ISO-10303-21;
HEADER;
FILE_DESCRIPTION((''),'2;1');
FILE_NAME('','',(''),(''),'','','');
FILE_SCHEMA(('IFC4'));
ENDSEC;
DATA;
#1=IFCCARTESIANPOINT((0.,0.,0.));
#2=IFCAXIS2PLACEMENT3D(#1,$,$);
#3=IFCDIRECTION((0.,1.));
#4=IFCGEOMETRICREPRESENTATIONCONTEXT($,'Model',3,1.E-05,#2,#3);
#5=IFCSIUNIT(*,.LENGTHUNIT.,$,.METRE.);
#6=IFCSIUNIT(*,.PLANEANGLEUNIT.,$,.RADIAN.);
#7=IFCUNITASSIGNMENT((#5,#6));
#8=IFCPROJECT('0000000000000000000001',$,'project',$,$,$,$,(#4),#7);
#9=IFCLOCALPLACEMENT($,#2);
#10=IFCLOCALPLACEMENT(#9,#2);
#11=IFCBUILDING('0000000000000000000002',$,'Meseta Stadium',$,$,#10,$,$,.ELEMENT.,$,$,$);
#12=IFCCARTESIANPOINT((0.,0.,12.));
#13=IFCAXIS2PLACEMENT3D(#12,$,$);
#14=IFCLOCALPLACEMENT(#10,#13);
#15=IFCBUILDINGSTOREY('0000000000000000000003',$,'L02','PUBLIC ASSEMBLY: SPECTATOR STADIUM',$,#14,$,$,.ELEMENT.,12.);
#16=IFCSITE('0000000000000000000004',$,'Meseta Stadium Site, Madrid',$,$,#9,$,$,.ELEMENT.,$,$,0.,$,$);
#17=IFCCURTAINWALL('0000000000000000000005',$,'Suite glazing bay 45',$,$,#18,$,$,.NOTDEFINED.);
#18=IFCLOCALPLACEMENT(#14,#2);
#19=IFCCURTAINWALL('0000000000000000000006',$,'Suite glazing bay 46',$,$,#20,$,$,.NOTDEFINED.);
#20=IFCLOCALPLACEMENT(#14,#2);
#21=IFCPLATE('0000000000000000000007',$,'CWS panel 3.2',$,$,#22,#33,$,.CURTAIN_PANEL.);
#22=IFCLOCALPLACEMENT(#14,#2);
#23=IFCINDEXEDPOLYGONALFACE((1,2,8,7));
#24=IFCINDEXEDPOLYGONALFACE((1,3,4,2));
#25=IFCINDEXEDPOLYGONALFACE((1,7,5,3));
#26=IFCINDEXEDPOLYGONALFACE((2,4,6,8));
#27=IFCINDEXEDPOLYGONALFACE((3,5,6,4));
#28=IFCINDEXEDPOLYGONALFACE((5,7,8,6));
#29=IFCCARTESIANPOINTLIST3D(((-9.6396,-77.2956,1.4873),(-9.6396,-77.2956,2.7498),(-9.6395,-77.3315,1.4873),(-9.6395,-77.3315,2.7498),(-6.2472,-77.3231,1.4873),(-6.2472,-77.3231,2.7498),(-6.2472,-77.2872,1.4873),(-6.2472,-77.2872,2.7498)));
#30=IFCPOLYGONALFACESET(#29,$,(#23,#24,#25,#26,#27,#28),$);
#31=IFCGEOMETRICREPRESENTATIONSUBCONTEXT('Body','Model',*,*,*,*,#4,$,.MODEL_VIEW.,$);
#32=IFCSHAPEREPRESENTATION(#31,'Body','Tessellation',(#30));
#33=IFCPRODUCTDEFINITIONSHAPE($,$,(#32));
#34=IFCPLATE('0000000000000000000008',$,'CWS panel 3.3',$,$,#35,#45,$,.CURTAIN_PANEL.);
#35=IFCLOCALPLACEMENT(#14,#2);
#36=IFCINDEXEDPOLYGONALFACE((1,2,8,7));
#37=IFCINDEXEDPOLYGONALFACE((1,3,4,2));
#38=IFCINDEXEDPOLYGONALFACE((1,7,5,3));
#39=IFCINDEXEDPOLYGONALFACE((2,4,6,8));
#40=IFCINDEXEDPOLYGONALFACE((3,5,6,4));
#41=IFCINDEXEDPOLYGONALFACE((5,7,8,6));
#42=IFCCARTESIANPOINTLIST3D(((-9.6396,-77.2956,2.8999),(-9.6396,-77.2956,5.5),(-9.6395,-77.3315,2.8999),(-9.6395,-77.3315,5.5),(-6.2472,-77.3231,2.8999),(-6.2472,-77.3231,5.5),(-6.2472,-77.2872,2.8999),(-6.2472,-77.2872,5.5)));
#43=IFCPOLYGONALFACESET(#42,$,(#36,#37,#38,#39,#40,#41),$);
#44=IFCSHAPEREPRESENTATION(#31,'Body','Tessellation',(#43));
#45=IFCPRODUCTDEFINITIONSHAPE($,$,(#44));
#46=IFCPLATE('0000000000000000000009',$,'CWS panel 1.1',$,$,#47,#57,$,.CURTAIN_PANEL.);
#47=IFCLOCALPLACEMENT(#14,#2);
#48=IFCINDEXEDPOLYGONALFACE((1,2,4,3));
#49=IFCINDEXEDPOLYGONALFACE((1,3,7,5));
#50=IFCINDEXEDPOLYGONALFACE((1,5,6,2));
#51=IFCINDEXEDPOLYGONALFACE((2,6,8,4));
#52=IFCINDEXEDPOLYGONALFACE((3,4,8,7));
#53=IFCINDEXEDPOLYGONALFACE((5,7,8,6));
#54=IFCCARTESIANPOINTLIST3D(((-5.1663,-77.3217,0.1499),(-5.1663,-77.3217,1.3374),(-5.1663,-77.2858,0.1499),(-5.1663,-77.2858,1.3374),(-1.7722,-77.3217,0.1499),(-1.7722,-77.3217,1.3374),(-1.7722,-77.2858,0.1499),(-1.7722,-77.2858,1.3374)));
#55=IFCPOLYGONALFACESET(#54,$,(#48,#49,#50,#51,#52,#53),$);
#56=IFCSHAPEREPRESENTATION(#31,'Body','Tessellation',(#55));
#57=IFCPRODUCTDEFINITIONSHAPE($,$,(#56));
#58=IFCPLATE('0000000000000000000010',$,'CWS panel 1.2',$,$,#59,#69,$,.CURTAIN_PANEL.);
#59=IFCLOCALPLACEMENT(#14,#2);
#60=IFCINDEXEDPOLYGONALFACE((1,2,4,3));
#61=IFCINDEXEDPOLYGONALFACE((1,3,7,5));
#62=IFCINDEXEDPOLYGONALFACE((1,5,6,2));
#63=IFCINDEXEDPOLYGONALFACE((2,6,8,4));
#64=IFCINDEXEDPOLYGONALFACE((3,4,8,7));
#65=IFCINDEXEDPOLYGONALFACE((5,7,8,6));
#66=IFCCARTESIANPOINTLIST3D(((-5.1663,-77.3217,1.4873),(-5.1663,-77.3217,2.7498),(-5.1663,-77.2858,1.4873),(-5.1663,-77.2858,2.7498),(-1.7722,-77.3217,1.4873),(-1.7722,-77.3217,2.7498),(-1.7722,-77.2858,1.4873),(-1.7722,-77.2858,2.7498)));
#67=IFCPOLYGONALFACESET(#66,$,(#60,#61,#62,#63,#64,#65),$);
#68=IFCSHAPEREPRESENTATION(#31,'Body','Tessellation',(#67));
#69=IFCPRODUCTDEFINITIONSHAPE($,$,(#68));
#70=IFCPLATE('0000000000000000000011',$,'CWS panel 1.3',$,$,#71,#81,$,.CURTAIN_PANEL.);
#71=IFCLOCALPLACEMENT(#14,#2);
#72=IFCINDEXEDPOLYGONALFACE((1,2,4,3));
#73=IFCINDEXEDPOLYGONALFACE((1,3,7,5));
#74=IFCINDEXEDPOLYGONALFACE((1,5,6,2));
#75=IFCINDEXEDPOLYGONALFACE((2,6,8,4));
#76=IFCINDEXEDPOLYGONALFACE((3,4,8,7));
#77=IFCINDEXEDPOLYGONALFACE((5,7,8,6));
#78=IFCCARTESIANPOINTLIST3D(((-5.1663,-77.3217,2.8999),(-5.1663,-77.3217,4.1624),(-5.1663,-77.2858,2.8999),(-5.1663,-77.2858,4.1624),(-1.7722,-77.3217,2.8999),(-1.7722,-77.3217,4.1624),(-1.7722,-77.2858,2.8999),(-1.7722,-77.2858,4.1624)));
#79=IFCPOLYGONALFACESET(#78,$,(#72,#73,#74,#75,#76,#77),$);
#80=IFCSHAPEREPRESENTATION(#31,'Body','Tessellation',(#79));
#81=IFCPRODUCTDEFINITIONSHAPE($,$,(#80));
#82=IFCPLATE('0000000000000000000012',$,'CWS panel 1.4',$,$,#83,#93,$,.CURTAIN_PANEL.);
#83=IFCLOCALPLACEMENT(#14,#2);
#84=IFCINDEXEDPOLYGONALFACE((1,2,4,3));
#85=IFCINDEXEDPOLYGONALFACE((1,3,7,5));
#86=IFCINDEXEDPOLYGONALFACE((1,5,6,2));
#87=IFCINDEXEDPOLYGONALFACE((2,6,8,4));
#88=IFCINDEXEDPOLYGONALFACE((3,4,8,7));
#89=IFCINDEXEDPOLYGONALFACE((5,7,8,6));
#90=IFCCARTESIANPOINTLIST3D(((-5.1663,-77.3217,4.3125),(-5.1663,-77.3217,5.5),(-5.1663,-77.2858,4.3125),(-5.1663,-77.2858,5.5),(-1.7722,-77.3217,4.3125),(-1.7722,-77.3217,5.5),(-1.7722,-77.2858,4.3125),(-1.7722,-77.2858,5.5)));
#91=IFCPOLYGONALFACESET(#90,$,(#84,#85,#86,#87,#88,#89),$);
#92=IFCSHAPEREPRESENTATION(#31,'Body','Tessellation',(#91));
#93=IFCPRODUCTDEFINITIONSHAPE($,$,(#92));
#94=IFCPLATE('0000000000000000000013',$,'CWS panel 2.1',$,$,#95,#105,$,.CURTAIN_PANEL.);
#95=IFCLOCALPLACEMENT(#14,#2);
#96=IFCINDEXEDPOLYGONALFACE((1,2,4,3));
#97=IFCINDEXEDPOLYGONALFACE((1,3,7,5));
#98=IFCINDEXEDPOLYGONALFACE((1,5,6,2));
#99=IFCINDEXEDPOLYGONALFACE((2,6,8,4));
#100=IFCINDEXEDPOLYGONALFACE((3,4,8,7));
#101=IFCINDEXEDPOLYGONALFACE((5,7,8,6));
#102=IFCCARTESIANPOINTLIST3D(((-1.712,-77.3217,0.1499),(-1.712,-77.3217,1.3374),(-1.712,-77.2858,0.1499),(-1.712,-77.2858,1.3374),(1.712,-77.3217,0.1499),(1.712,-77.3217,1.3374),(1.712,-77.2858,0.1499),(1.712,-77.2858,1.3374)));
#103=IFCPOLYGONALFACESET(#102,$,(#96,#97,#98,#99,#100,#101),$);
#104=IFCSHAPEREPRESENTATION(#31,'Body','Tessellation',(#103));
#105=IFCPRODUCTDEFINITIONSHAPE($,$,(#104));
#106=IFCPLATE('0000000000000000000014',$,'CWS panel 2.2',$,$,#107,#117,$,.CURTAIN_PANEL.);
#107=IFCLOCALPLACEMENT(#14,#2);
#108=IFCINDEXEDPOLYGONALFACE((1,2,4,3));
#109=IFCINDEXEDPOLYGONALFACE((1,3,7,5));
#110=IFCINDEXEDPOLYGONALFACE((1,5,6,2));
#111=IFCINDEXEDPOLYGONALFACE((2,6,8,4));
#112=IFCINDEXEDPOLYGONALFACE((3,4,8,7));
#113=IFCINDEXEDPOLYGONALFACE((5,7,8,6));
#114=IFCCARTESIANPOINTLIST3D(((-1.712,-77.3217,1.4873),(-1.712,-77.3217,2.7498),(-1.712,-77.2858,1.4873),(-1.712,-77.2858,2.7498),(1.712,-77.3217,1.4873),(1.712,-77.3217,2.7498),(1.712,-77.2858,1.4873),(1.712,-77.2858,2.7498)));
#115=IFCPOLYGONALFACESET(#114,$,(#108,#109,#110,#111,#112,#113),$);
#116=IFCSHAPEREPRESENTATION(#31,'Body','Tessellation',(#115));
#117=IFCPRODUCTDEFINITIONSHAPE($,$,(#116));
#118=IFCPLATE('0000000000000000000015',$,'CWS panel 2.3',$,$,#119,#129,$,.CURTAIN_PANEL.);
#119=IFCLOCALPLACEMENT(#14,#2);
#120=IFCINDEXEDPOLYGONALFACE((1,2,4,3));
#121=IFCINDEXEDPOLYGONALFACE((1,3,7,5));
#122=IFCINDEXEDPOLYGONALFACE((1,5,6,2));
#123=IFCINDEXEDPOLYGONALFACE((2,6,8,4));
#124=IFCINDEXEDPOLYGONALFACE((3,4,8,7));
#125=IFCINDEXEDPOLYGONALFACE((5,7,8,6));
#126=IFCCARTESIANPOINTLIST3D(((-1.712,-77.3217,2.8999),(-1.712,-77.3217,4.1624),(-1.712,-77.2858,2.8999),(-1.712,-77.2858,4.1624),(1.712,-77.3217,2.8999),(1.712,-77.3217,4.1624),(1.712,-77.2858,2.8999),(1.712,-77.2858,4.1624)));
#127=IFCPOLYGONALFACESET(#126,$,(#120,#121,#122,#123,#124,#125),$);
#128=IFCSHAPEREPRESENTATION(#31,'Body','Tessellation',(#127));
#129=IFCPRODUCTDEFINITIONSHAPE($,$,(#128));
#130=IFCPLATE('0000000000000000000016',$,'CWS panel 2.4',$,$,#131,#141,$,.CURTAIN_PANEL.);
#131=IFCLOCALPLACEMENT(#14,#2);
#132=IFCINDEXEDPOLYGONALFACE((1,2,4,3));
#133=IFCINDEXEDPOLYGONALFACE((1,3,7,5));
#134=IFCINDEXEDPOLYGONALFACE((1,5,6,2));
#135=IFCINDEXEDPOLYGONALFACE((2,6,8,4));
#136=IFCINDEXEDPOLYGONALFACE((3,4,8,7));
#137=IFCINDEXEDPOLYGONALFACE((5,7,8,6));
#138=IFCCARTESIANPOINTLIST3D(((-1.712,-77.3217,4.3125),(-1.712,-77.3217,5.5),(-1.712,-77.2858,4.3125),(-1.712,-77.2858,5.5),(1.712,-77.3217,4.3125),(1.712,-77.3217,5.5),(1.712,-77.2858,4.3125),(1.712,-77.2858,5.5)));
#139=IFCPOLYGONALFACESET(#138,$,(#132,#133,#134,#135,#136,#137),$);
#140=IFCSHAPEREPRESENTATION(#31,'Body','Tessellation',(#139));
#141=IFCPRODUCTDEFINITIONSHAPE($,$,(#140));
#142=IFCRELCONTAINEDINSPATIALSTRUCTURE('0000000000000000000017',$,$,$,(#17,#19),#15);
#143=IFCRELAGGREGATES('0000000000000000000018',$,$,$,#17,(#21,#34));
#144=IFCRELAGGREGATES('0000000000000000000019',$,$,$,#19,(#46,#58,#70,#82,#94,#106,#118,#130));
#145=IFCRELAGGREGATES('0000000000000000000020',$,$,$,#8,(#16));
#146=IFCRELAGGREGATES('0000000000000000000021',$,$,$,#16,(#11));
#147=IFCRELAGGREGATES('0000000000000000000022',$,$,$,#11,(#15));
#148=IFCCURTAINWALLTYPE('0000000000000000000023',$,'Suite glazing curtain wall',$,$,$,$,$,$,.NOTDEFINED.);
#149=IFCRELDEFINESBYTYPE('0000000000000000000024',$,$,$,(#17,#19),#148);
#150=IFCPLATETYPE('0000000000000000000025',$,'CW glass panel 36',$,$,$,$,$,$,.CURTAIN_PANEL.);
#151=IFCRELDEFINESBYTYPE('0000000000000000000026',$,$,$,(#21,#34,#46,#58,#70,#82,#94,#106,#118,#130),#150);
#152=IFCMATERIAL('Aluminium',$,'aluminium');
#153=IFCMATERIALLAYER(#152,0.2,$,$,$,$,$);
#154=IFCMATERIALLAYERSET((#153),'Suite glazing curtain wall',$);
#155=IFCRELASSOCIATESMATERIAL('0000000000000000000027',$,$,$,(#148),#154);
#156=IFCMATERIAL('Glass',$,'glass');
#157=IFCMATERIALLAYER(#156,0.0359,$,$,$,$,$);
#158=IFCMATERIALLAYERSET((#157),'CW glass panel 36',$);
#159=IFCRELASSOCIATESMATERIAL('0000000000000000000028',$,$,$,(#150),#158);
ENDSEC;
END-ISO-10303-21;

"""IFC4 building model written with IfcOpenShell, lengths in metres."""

from ifc_helpers import new_model, si_unit, direction, frame, origin, origin_2d, place, context, subcontext, project, spatial, rectangle, extrude, material, layer, layer_set, type_object, element, aggregate, save


model = new_model("IFC4")

# Units and contexts
model_context = context("Model", 3, precision=1e-05, world=origin(), true_north=direction((0.0, 1.0)))
body_context = subcontext(model_context, "Body", "Model", "MODEL_VIEW")
ifc_project = project(units=[si_unit("LENGTHUNIT", "METRE"), si_unit("PLANEANGLEUNIT", "RADIAN")], contexts=[model_context])

# Site, building, storey
site_placement = place(None, origin())
site = spatial("IfcSite", under=ifc_project, at=site_placement, Name="Meseta Stadium Site, Madrid", CompositionType="ELEMENT", RefElevation=0.0)
building_placement = place(site_placement, origin())
building = spatial("IfcBuilding", under=site, at=building_placement, Name="Meseta Stadium", CompositionType="ELEMENT")
storey_placement = place(building_placement, frame((0.0, 0.0, 12.0)))
storey = spatial("IfcBuildingStorey", under=building, at=storey_placement, Name="L02", Description="PUBLIC ASSEMBLY: SPECTATOR STADIUM", CompositionType="ELEMENT", Elevation=12.0)

# Curtain walls
ifc_material_1 = material(Name="Aluminium", Category="aluminium")
ifc_layer_1 = layer(ifc_material_1, 0.2)
ifc_layer_set_1 = layer_set([ifc_layer_1], Name="Suite glazing curtain wall")
curtain_wall_type = type_object("IfcCurtainWallType", Name="Suite glazing curtain wall", PredefinedType="NOTDEFINED", material=ifc_layer_set_1)
curtain_wall_1_placement = place(storey_placement, origin())
curtain_wall_1 = element("IfcCurtainWall", 1, at=curtain_wall_1_placement, inside=storey, type_object=curtain_wall_type, Name="Suite glazing bay 45", PredefinedType="NOTDEFINED")
curtain_wall_2_placement = place(storey_placement, origin())
curtain_wall_2 = element("IfcCurtainWall", 2, at=curtain_wall_2_placement, inside=storey, type_object=curtain_wall_type, Name="Suite glazing bay 46", PredefinedType="NOTDEFINED")

# Plates
ifc_material_2 = material(Name="Glass", Category="glass")
ifc_layer_2 = layer(ifc_material_2, 0.0359)
ifc_layer_set_2 = layer_set([ifc_layer_2], Name="CW glass panel 36")
plate_type = type_object("IfcPlateType", Name="CW glass panel 36", PredefinedType="CURTAIN_PANEL", material=ifc_layer_set_2)
plate_1_placement = place(storey_placement, frame((-7.9434, -77.3093, 1.4873), z_axis=(0.0, 0.0, 1.0), x_axis=(0.999997, 0.002486, 0.0)))
plate_1 = element("IfcPlate", 3, at=plate_1_placement, type_object=plate_type, Name="CWS panel 3.2", PredefinedType="CURTAIN_PANEL", context=body_context, shape_type="SweptSolid", body=[
    extrude(rectangle(XDim=3.3923, YDim=0.0359, at=origin_2d()), origin(), (0.0, 0.0, 1.0), 1.2625),
])
plate_2_placement = place(storey_placement, frame((-7.9434, -77.3093, 2.8999), z_axis=(0.0, 0.0, 1.0), x_axis=(0.999997, 0.002486, 0.0)))
plate_2 = element("IfcPlate", 4, at=plate_2_placement, type_object=plate_type, Name="CWS panel 3.3", PredefinedType="CURTAIN_PANEL", context=body_context, shape_type="SweptSolid", body=[
    extrude(rectangle(XDim=3.3923, YDim=0.0359, at=origin_2d()), origin(), (0.0, 0.0, 1.0), 2.6001),
])
aggregate(curtain_wall_1, [plate_1, plate_2])
plate_3_placement = place(storey_placement, frame((-3.4692, -77.3037, 0.1499), z_axis=(0.0, 0.0, 1.0), x_axis=(1.0, 0.0, 0.0)))
plate_3 = element("IfcPlate", 5, at=plate_3_placement, type_object=plate_type, Name="CWS panel 1.1", PredefinedType="CURTAIN_PANEL", context=body_context, shape_type="SweptSolid", body=[
    extrude(rectangle(XDim=3.394, YDim=0.0359, at=origin_2d()), origin(), (0.0, 0.0, 1.0), 1.1875),
])
plate_4_placement = place(storey_placement, frame((-3.4692, -77.3037, 1.4873), z_axis=(0.0, 0.0, 1.0), x_axis=(1.0, 0.0, 0.0)))
plate_4 = element("IfcPlate", 6, at=plate_4_placement, type_object=plate_type, Name="CWS panel 1.2", PredefinedType="CURTAIN_PANEL", context=body_context, shape_type="SweptSolid", body=[
    extrude(rectangle(XDim=3.394, YDim=0.0359, at=origin_2d()), origin(), (0.0, 0.0, 1.0), 1.2625),
])
plate_5_placement = place(storey_placement, frame((-3.4692, -77.3037, 2.8999), z_axis=(0.0, 0.0, 1.0), x_axis=(1.0, 0.0, 0.0)))
plate_5 = element("IfcPlate", 7, at=plate_5_placement, type_object=plate_type, Name="CWS panel 1.3", PredefinedType="CURTAIN_PANEL", context=body_context, shape_type="SweptSolid", body=[
    extrude(rectangle(XDim=3.394, YDim=0.0359, at=origin_2d()), origin(), (0.0, 0.0, 1.0), 1.2625),
])
plate_6_placement = place(storey_placement, frame((-3.4692, -77.3037, 4.3125), z_axis=(0.0, 0.0, 1.0), x_axis=(1.0, 0.0, 0.0)))
plate_6 = element("IfcPlate", 8, at=plate_6_placement, type_object=plate_type, Name="CWS panel 1.4", PredefinedType="CURTAIN_PANEL", context=body_context, shape_type="SweptSolid", body=[
    extrude(rectangle(XDim=3.394, YDim=0.0359, at=origin_2d()), origin(), (0.0, 0.0, 1.0), 1.1875),
])
plate_7_placement = place(storey_placement, frame((0.0, -77.3037, 0.1499), z_axis=(0.0, 0.0, 1.0), x_axis=(1.0, 0.0, 0.0)))
plate_7 = element("IfcPlate", 9, at=plate_7_placement, type_object=plate_type, Name="CWS panel 2.1", PredefinedType="CURTAIN_PANEL", context=body_context, shape_type="SweptSolid", body=[
    extrude(rectangle(XDim=3.4241, YDim=0.0359, at=origin_2d()), origin(), (0.0, 0.0, 1.0), 1.1875),
])
plate_8_placement = place(storey_placement, frame((0.0, -77.3037, 1.4873), z_axis=(0.0, 0.0, 1.0), x_axis=(1.0, 0.0, 0.0)))
plate_8 = element("IfcPlate", 10, at=plate_8_placement, type_object=plate_type, Name="CWS panel 2.2", PredefinedType="CURTAIN_PANEL", context=body_context, shape_type="SweptSolid", body=[
    extrude(rectangle(XDim=3.4241, YDim=0.0359, at=origin_2d()), origin(), (0.0, 0.0, 1.0), 1.2625),
])
plate_9_placement = place(storey_placement, frame((0.0, -77.3037, 2.8999), z_axis=(0.0, 0.0, 1.0), x_axis=(1.0, 0.0, 0.0)))
plate_9 = element("IfcPlate", 11, at=plate_9_placement, type_object=plate_type, Name="CWS panel 2.3", PredefinedType="CURTAIN_PANEL", context=body_context, shape_type="SweptSolid", body=[
    extrude(rectangle(XDim=3.4241, YDim=0.0359, at=origin_2d()), origin(), (0.0, 0.0, 1.0), 1.2625),
])
plate_10_placement = place(storey_placement, frame((0.0, -77.3037, 4.3125), z_axis=(0.0, 0.0, 1.0), x_axis=(1.0, 0.0, 0.0)))
plate_10 = element("IfcPlate", 12, at=plate_10_placement, type_object=plate_type, Name="CWS panel 2.4", PredefinedType="CURTAIN_PANEL", context=body_context, shape_type="SweptSolid", body=[
    extrude(rectangle(XDim=3.4241, YDim=0.0359, at=origin_2d()), origin(), (0.0, 0.0, 1.0), 1.1875),
])
aggregate(curtain_wall_2, [plate_3, plate_4, plate_5, plate_6, plate_7, plate_8, plate_9, plate_10])

save(model, "model.ifc")
